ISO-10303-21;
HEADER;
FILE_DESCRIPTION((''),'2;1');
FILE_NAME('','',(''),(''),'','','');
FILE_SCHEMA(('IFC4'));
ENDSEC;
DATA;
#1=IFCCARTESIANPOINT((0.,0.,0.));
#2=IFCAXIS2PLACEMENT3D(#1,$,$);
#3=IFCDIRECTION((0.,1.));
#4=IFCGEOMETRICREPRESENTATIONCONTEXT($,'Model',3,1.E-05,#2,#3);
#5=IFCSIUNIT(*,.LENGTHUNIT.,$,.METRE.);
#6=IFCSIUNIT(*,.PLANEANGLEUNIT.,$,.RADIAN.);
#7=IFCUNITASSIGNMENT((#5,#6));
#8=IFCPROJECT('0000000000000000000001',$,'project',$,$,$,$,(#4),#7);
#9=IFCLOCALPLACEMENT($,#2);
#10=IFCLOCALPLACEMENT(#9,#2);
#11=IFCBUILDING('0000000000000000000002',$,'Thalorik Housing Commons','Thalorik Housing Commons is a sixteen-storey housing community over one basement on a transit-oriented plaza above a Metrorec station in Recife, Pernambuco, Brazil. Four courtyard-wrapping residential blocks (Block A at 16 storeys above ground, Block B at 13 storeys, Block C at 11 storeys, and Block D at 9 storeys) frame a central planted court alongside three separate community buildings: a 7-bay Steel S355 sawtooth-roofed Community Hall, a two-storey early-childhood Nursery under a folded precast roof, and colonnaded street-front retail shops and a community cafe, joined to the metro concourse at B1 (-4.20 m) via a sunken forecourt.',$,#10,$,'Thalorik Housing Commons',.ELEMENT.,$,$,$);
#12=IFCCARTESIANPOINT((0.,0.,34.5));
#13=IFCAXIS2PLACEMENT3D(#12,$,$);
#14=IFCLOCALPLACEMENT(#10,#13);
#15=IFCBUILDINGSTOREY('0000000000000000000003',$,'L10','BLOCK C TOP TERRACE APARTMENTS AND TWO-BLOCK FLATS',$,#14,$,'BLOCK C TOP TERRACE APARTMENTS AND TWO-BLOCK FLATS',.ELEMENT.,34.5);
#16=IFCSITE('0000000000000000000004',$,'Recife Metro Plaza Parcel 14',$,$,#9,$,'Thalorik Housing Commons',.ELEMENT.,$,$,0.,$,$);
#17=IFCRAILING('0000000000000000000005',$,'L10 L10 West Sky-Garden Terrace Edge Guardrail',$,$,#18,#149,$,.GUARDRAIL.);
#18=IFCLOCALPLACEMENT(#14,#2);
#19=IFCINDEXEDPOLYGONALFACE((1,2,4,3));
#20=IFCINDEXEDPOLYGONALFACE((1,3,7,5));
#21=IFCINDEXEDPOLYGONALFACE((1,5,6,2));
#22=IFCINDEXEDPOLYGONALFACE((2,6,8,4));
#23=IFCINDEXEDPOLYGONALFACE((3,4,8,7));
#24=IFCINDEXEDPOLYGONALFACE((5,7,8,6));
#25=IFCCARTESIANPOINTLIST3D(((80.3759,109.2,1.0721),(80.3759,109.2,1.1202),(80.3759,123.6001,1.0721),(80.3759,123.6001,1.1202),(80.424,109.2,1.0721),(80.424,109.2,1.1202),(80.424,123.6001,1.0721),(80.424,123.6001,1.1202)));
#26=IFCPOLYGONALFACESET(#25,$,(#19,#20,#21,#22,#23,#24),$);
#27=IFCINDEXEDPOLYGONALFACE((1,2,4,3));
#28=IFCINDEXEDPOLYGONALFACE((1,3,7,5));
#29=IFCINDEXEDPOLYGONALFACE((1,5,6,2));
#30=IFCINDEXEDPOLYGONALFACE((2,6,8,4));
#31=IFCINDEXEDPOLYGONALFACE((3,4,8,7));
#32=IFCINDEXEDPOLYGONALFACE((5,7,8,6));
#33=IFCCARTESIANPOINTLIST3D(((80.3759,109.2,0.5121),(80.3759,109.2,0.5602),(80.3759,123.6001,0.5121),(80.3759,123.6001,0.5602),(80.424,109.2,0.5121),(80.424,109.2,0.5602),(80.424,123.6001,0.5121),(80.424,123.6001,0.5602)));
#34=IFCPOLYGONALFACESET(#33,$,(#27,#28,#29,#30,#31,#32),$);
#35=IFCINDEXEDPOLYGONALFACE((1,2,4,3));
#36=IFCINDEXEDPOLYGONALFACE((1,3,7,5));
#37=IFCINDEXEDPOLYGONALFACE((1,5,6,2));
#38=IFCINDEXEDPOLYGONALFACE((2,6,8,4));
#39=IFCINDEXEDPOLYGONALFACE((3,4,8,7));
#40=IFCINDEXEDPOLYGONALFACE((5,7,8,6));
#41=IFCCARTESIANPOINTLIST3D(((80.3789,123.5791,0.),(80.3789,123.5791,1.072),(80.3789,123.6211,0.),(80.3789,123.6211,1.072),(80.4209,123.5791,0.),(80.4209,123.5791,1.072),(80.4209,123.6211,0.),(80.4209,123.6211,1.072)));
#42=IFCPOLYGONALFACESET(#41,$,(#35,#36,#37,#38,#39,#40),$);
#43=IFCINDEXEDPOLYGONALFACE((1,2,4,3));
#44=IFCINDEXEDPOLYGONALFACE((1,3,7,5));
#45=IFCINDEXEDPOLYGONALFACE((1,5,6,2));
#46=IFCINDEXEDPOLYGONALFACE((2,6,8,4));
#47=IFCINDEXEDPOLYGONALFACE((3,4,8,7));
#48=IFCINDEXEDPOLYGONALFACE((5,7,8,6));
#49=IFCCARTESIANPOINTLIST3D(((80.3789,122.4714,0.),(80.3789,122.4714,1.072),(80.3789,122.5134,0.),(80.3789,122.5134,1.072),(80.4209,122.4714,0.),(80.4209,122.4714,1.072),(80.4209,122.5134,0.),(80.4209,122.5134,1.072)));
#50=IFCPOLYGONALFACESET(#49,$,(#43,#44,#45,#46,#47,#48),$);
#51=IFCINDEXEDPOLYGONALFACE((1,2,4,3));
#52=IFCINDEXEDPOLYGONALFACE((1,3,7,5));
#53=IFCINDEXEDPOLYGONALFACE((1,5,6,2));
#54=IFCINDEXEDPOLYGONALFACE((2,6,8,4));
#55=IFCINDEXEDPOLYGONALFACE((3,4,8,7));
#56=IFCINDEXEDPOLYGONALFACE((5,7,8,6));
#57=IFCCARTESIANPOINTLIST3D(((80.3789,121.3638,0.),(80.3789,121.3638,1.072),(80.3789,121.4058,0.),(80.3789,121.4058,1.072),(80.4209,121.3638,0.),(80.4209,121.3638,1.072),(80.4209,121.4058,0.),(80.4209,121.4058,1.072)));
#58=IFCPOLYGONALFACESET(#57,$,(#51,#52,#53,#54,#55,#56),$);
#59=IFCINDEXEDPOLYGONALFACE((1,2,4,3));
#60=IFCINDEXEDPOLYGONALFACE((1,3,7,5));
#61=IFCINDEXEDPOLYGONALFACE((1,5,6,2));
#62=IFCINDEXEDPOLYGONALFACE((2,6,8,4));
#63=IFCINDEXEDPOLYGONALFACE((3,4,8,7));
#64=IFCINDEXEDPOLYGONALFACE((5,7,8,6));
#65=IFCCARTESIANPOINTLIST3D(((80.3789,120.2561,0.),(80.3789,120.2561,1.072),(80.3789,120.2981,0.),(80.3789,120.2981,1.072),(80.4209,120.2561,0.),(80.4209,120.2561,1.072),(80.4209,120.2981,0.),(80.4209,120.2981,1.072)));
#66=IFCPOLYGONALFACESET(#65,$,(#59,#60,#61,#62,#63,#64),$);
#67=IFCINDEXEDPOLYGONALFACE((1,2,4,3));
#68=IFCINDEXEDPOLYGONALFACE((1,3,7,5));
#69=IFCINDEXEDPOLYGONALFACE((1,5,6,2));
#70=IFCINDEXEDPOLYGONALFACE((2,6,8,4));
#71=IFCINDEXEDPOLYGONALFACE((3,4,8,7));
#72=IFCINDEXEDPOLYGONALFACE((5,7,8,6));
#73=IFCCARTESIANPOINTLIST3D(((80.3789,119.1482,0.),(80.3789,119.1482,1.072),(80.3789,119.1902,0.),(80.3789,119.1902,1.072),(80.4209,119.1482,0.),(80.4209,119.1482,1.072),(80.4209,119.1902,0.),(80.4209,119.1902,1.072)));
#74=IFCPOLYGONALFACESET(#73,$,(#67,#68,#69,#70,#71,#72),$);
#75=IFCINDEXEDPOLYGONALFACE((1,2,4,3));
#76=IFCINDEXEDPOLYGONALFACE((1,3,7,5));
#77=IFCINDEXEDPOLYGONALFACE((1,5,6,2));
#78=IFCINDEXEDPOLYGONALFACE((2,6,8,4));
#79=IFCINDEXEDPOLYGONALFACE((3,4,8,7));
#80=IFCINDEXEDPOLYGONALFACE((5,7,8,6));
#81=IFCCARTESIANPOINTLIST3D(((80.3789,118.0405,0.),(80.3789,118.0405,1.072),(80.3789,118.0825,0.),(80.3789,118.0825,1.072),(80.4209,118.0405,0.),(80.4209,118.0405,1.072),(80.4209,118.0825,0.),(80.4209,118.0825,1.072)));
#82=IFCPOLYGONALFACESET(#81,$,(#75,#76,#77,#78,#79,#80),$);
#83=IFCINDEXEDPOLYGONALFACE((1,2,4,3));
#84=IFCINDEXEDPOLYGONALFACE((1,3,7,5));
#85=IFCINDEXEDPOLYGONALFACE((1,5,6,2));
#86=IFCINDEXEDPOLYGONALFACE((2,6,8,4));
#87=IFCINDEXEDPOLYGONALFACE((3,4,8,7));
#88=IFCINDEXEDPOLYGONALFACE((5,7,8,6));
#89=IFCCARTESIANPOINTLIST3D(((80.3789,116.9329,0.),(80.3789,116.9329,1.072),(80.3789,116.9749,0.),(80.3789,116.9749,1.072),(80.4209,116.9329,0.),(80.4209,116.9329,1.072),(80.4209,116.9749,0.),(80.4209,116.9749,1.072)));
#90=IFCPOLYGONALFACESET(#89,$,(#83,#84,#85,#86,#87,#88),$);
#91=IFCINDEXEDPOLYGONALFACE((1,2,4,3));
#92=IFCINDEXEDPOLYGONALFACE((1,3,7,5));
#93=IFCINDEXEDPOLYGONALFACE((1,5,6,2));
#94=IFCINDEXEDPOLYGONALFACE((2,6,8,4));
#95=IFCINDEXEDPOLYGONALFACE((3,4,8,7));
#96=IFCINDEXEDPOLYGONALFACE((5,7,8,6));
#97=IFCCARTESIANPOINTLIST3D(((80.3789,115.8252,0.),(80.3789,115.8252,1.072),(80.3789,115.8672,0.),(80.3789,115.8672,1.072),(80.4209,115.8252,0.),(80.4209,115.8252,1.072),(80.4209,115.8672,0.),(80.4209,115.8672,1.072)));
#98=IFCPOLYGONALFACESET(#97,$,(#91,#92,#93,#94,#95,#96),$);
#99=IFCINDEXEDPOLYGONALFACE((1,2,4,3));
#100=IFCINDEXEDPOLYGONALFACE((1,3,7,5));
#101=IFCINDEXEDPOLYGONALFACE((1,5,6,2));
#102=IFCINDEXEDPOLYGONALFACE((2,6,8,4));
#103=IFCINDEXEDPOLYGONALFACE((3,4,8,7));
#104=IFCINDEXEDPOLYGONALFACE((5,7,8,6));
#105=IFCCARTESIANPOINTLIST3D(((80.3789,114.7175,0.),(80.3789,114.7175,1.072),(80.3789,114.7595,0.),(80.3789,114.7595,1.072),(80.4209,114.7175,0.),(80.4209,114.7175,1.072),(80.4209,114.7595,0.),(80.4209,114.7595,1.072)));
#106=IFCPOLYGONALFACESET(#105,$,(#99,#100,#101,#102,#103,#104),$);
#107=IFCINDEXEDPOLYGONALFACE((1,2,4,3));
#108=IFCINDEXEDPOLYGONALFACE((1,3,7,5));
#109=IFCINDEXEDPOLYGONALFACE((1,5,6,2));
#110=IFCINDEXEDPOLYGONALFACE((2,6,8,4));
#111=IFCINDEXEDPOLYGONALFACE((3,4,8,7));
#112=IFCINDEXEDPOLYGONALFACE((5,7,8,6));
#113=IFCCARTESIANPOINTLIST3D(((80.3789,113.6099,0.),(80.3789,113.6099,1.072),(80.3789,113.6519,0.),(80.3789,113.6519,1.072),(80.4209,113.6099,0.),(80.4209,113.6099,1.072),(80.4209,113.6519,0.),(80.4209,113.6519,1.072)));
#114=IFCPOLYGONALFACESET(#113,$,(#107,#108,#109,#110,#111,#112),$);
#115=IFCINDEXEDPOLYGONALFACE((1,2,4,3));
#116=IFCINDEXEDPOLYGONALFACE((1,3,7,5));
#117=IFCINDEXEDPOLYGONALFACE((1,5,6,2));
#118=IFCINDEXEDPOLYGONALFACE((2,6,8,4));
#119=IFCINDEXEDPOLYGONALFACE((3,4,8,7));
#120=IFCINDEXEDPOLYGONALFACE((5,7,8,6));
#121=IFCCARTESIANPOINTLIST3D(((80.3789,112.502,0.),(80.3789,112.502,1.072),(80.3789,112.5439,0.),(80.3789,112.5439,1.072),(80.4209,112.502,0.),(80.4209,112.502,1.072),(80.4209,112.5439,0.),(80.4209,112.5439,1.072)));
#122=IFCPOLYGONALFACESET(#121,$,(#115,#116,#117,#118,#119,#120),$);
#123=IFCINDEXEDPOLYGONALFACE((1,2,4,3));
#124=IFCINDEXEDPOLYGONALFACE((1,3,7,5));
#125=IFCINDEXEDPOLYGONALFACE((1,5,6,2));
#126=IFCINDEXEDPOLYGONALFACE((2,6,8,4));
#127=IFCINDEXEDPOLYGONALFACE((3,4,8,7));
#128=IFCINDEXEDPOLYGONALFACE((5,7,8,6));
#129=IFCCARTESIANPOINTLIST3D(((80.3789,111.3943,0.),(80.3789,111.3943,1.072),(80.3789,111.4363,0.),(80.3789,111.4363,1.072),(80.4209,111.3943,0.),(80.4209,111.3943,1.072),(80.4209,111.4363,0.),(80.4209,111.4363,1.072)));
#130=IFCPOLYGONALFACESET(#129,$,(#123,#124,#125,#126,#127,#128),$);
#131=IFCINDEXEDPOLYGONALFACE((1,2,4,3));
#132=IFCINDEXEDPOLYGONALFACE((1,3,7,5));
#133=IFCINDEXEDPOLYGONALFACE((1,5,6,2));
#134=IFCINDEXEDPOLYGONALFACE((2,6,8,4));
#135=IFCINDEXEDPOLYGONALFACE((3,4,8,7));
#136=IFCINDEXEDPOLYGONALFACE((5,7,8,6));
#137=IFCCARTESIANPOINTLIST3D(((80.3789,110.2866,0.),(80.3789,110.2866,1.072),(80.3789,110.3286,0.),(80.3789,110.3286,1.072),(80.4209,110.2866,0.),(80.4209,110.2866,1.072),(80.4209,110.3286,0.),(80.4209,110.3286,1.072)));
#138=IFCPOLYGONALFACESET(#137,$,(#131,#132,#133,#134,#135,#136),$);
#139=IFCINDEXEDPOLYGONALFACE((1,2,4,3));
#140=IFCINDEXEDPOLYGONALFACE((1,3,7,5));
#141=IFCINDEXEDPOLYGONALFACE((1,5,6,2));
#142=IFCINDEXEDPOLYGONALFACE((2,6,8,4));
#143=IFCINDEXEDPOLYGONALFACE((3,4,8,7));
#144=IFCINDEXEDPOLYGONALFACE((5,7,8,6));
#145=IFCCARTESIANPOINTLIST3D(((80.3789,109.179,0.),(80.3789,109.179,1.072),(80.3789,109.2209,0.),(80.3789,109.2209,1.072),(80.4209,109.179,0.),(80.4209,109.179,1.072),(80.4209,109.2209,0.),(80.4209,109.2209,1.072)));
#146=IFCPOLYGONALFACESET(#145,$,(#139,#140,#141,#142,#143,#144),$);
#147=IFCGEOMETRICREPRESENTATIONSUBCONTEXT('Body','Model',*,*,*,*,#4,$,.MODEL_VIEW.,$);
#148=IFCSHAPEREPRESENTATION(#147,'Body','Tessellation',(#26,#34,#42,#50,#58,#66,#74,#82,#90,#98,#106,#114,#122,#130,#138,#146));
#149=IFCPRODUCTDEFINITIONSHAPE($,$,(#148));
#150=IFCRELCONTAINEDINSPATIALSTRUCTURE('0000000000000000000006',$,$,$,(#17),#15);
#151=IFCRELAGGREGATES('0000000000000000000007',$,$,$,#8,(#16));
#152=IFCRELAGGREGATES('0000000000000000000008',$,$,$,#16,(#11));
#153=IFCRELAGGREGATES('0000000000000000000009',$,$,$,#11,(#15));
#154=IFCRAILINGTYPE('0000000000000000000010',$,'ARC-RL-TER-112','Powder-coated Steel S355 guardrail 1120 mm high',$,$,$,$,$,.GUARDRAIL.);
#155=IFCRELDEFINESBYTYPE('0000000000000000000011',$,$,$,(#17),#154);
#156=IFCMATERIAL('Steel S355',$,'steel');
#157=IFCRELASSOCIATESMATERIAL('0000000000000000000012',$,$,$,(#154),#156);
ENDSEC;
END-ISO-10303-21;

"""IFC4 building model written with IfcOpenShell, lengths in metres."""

from ifc_helpers import new_model, si_unit, direction, frame, origin, origin_2d, place, context, subcontext, project, spatial, rectangle, extrude, material, type_object, element, save


model = new_model("IFC4")

# Units and contexts
model_context = context("Model", 3, precision=1e-05, world=origin(), true_north=direction((0.0, 1.0)))
body_context = subcontext(model_context, "Body", "Model", "MODEL_VIEW")
ifc_project = project(units=[si_unit("LENGTHUNIT", "METRE"), si_unit("PLANEANGLEUNIT", "RADIAN")], contexts=[model_context])

# Site, building, storey
site_placement = place(None, origin())
site = spatial("IfcSite", under=ifc_project, at=site_placement, Name="Recife Metro Plaza Parcel 14", LongName="Thalorik Housing Commons", CompositionType="ELEMENT", RefElevation=0.0)
building_placement = place(site_placement, origin())
building = spatial("IfcBuilding", under=site, at=building_placement, Name="Thalorik Housing Commons", Description="Thalorik Housing Commons is a sixteen-storey housing community over one basement on a transit-oriented plaza above a Metrorec station in Recife, Pernambuco, Brazil. Four courtyard-wrapping residential blocks (Block A at 16 storeys above ground, Block B at 13 storeys, Block C at 11 storeys, and Block D at 9 storeys) frame a central planted court alongside three separate community buildings: a 7-bay Steel S355 sawtooth-roofed Community Hall, a two-storey early-childhood Nursery under a folded precast roof, and colonnaded street-front retail shops and a community cafe, joined to the metro concourse at B1 (-4.20 m) via a sunken forecourt.", LongName="Thalorik Housing Commons", CompositionType="ELEMENT")
storey_placement = place(building_placement, frame((0.0, 0.0, 34.5)))
storey = spatial("IfcBuildingStorey", under=building, at=storey_placement, Name="L10", Description="BLOCK C TOP TERRACE APARTMENTS AND TWO-BLOCK FLATS", LongName="BLOCK C TOP TERRACE APARTMENTS AND TWO-BLOCK FLATS", CompositionType="ELEMENT", Elevation=34.5)

# Railing
ifc_material_1 = material(Name="Steel S355", Category="steel")
railing_type = type_object("IfcRailingType", Name="ARC-RL-TER-112", Description="Powder-coated Steel S355 guardrail 1120 mm high", PredefinedType="GUARDRAIL", material=ifc_material_1)
railing_placement = place(storey_placement, frame((80.3999, 123.6001, 0.0)))
element("IfcRailing", 1, at=railing_placement, inside=storey, type_object=railing_type, Name="L10 L10 West Sky-Garden Terrace Edge Guardrail", PredefinedType="GUARDRAIL", context=body_context, shape_type="SweptSolid", body=[
    extrude(rectangle(XDim=0.0481, YDim=0.0481, at=origin_2d()), frame((0.0, 0.0, 1.0962), z_axis=(0.0, -1.0, 0.0), x_axis=(1.0, 0.0, 0.0)), (0.0, 0.0, 1.0), 14.4001),
    extrude(rectangle(XDim=0.0481, YDim=0.0481, at=origin_2d()), frame((0.0, 0.0, 0.5361), z_axis=(0.0, -1.0, 0.0), x_axis=(1.0, 0.0, 0.0)), (0.0, 0.0, 1.0), 14.4001),
    extrude(rectangle(XDim=0.042, YDim=0.042, at=origin_2d()), origin(), (0.0, 0.0, 1.0), 1.072),
    extrude(rectangle(XDim=0.042, YDim=0.042, at=origin_2d()), frame((0.0, -1.1077, 0.0)), (0.0, 0.0, 1.0), 1.072),
    extrude(rectangle(XDim=0.042, YDim=0.042, at=origin_2d()), frame((0.0, -2.2153, 0.0)), (0.0, 0.0, 1.0), 1.072),
    extrude(rectangle(XDim=0.042, YDim=0.042, at=origin_2d()), frame((0.0, -3.323, 0.0)), (0.0, 0.0, 1.0), 1.072),
    extrude(rectangle(XDim=0.042, YDim=0.042, at=origin_2d()), frame((0.0, -4.4309, 0.0)), (0.0, 0.0, 1.0), 1.072),
    extrude(rectangle(XDim=0.042, YDim=0.042, at=origin_2d()), frame((0.0, -5.5386, 0.0)), (0.0, 0.0, 1.0), 1.072),
    extrude(rectangle(XDim=0.042, YDim=0.042, at=origin_2d()), frame((0.0, -6.6462, 0.0)), (0.0, 0.0, 1.0), 1.072),
    extrude(rectangle(XDim=0.042, YDim=0.042, at=origin_2d()), frame((0.0, -7.7539, 0.0)), (0.0, 0.0, 1.0), 1.072),
    extrude(rectangle(XDim=0.042, YDim=0.042, at=origin_2d()), frame((0.0, -8.8616, 0.0)), (0.0, 0.0, 1.0), 1.072),
    extrude(rectangle(XDim=0.042, YDim=0.042, at=origin_2d()), frame((0.0, -9.9692, 0.0)), (0.0, 0.0, 1.0), 1.072),
    extrude(rectangle(XDim=0.042, YDim=0.042, at=origin_2d()), frame((0.0, -11.0771, 0.0)), (0.0, 0.0, 1.0), 1.072),
    extrude(rectangle(XDim=0.042, YDim=0.042, at=origin_2d()), frame((0.0, -12.1848, 0.0)), (0.0, 0.0, 1.0), 1.072),
    extrude(rectangle(XDim=0.042, YDim=0.042, at=origin_2d()), frame((0.0, -13.2925, 0.0)), (0.0, 0.0, 1.0), 1.072),
    extrude(rectangle(XDim=0.042, YDim=0.042, at=origin_2d()), frame((0.0, -14.4001, 0.0)), (0.0, 0.0, 1.0), 1.072),
])

save(model, "model.ifc")
